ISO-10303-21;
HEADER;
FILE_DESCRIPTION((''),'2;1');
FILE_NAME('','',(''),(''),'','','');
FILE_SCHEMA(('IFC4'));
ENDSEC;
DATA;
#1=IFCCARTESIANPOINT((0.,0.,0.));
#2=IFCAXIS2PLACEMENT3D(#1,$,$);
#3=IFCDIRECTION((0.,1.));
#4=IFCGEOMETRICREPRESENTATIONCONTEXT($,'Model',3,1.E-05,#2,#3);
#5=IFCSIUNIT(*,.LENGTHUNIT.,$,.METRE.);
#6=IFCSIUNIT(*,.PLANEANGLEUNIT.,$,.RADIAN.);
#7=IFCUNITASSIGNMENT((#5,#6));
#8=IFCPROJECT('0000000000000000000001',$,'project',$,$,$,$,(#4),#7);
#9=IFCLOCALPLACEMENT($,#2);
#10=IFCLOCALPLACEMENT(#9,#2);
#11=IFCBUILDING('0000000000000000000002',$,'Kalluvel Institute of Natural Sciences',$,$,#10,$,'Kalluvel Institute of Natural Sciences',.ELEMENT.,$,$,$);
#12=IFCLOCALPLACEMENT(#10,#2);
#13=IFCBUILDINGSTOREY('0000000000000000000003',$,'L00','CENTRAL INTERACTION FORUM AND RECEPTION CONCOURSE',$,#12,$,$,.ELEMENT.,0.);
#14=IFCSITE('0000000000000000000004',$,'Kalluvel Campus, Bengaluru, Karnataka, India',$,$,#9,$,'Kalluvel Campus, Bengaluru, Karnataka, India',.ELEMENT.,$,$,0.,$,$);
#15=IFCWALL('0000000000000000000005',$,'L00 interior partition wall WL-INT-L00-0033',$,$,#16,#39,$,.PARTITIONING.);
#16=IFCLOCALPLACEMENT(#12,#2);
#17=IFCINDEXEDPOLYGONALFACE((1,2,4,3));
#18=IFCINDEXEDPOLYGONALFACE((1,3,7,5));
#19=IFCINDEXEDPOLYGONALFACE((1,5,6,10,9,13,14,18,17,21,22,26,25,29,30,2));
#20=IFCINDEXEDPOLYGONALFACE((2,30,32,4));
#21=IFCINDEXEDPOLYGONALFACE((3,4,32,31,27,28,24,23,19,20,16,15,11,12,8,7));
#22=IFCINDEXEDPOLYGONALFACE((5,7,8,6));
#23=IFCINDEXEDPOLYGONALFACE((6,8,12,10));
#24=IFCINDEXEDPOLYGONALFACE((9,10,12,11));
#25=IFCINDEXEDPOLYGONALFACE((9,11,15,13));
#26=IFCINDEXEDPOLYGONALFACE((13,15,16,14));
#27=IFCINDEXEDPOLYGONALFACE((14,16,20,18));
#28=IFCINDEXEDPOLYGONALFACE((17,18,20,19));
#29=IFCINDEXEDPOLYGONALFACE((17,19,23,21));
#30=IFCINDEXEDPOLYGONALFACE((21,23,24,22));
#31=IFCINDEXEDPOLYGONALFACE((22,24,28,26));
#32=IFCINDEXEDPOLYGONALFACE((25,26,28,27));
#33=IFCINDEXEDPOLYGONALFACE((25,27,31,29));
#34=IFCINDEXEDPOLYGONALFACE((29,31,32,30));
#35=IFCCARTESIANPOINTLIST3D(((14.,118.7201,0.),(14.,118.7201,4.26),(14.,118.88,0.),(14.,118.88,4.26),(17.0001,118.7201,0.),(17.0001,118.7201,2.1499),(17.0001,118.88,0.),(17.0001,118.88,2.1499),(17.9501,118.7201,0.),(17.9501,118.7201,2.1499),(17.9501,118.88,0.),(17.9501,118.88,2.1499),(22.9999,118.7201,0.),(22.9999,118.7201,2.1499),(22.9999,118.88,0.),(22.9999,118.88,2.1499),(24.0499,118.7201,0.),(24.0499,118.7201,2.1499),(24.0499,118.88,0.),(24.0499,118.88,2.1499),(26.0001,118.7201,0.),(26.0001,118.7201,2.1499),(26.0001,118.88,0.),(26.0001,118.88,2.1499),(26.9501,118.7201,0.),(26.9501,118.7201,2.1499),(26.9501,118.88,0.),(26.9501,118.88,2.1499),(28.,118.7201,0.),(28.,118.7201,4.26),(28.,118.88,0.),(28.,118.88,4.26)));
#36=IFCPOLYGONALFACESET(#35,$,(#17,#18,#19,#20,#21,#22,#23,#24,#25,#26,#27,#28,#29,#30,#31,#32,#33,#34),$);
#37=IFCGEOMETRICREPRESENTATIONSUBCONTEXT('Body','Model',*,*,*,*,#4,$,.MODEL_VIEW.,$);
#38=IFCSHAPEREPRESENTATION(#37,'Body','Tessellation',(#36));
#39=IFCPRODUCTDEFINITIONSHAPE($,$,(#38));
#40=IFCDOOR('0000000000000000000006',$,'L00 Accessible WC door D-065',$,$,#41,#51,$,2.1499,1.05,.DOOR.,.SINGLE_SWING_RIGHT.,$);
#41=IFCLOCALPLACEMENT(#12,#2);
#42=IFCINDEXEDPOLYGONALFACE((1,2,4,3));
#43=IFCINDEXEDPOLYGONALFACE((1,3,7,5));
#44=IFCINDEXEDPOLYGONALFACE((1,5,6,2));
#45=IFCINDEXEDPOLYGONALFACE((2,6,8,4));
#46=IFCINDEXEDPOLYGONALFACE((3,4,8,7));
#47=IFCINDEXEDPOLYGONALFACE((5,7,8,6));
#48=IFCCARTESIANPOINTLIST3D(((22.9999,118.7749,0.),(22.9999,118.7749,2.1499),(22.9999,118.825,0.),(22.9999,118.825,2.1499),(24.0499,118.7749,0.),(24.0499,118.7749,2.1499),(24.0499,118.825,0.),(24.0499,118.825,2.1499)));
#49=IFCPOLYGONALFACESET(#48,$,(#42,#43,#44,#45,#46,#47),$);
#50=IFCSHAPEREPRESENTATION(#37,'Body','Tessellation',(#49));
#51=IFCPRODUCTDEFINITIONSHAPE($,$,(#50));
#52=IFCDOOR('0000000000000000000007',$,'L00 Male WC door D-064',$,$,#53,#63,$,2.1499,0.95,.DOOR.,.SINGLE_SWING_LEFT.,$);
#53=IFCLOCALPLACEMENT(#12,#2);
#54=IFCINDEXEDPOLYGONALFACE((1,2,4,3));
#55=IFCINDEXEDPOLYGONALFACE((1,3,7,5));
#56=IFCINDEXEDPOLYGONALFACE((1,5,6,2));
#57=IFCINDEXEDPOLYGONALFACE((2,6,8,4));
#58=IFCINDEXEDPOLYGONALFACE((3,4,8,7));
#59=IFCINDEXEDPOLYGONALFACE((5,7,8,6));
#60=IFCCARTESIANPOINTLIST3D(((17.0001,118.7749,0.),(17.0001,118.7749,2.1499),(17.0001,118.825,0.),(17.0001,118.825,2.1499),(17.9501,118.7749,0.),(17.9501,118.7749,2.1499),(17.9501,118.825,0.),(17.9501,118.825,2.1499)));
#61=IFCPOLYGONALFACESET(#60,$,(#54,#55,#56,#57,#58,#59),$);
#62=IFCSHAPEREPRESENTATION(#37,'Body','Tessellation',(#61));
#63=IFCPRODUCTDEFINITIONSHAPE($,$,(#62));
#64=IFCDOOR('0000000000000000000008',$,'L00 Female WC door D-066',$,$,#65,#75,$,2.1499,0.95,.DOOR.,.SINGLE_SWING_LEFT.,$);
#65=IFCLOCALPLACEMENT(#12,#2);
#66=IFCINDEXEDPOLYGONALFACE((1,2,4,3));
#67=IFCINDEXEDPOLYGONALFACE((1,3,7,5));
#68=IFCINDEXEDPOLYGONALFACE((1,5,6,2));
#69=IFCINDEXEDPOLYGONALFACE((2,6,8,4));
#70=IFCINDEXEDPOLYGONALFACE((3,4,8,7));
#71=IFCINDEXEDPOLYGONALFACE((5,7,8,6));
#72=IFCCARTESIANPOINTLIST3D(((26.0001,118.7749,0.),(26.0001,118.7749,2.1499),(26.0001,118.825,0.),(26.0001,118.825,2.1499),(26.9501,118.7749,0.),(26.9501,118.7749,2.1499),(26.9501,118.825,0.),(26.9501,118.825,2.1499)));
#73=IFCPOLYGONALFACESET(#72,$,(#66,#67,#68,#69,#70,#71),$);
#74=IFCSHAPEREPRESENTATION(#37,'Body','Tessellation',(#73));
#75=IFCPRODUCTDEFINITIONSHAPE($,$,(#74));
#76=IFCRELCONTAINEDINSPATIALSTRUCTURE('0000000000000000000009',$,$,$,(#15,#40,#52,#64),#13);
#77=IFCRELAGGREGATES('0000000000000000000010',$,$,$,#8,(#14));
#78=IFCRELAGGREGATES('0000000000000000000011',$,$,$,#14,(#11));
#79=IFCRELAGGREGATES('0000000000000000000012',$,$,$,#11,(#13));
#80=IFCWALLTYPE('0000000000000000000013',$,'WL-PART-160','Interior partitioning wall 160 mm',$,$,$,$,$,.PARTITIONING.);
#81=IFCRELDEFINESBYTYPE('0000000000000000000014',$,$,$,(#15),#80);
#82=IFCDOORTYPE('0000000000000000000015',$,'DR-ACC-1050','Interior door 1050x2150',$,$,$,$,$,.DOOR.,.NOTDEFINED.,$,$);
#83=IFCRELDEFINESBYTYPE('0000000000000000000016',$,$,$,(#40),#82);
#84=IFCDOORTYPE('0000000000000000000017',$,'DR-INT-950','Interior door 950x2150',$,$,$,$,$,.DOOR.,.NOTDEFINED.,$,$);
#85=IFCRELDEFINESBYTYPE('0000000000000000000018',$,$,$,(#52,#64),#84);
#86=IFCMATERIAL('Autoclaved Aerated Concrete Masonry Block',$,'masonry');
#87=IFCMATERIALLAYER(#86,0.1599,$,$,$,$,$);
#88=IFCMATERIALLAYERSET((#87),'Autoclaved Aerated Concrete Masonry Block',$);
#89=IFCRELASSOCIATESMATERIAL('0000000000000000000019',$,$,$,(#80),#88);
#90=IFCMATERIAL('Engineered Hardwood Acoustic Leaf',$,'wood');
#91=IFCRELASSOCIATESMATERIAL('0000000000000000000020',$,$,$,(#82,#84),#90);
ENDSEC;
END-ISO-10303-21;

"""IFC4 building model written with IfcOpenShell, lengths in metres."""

from ifc_helpers import new_model, si_unit, direction, frame, frame_2d, origin, place, context, subcontext, project, spatial, rectangle, extrude, material, layer, layer_set, type_object, element, fill, save


model = new_model("IFC4")

# Units and contexts
model_context = context("Model", 3, precision=1e-05, world=origin(), true_north=direction((0.0, 1.0)))
body_context = subcontext(model_context, "Body", "Model", "MODEL_VIEW")
ifc_project = project(units=[si_unit("LENGTHUNIT", "METRE"), si_unit("PLANEANGLEUNIT", "RADIAN")], contexts=[model_context])

# Site, building, storey
site_placement = place(None, origin())
site = spatial("IfcSite", under=ifc_project, at=site_placement, Name="Kalluvel Campus, Bengaluru, Karnataka, India", LongName="Kalluvel Campus, Bengaluru, Karnataka, India", CompositionType="ELEMENT", RefElevation=0.0)
building_placement = place(site_placement, origin())
building = spatial("IfcBuilding", under=site, at=building_placement, Name="Kalluvel Institute of Natural Sciences", LongName="Kalluvel Institute of Natural Sciences", CompositionType="ELEMENT")
storey_placement = place(building_placement, origin())
storey = spatial("IfcBuildingStorey", under=building, at=storey_placement, Name="L00", Description="CENTRAL INTERACTION FORUM AND RECEPTION CONCOURSE", CompositionType="ELEMENT", Elevation=0.0)

# Wall, openings, doors
ifc_material_1 = material(Name="Autoclaved Aerated Concrete Masonry Block", Category="masonry")
ifc_layer_1 = layer(ifc_material_1, 0.1599)
ifc_layer_set_1 = layer_set([ifc_layer_1], Name="Autoclaved Aerated Concrete Masonry Block")
wall_type_1 = type_object("IfcWallType", Name="WL-PART-160", Description="Interior partitioning wall 160 mm", PredefinedType="PARTITIONING", material=ifc_layer_set_1)
wall_1_placement = place(storey_placement, frame((14.0, 118.8, 0.0), z_axis=(0.0, 0.0, 1.0), x_axis=(1.0, 0.0, 0.0)))
wall_1 = element("IfcWall", 1, at=wall_1_placement, inside=storey, type_object=wall_type_1, Name="L00 interior partition wall WL-INT-L00-0033", PredefinedType="PARTITIONING", context=body_context, shape_type="SweptSolid", body=[
    extrude(rectangle(XDim=14.0, YDim=0.1599, at=frame_2d((7.0, 0.0))), origin(), (0.0, 0.0, 1.0), 4.26),
])
opening_1_placement = place(wall_1_placement, frame((3.0, 0.0, 0.0)))
opening_1 = element("IfcOpeningElement", 2, at=opening_1_placement, cuts=wall_1, PredefinedType="OPENING", context=body_context, shape_type="SweptSolid", body=[
    extrude(rectangle(XDim=0.95, YDim=2.1499, at=frame_2d((0.4751, 1.075))), frame((0.0, 0.0898, 0.0), z_axis=(0.0, -1.0, 0.0), x_axis=(1.0, 0.0, 0.0)), (0.0, 0.0, 1.0), 0.1799),
])
opening_2_placement = place(wall_1_placement, frame((9.0, 0.0, 0.0)))
opening_2 = element("IfcOpeningElement", 3, at=opening_2_placement, cuts=wall_1, PredefinedType="OPENING", context=body_context, shape_type="SweptSolid", body=[
    extrude(rectangle(XDim=1.05, YDim=2.1499, at=frame_2d((0.5249, 1.075))), frame((0.0, 0.0898, 0.0), z_axis=(0.0, -1.0, 0.0), x_axis=(1.0, 0.0, 0.0)), (0.0, 0.0, 1.0), 0.1799),
])
opening_3_placement = place(wall_1_placement, frame((12.0, 0.0, 0.0)))
opening_3 = element("IfcOpeningElement", 4, at=opening_3_placement, cuts=wall_1, PredefinedType="OPENING", context=body_context, shape_type="SweptSolid", body=[
    extrude(rectangle(XDim=0.95, YDim=2.1499, at=frame_2d((0.4751, 1.075))), frame((0.0, 0.0898, 0.0), z_axis=(0.0, -1.0, 0.0), x_axis=(1.0, 0.0, 0.0)), (0.0, 0.0, 1.0), 0.1799),
])
ifc_material_2 = material(Name="Engineered Hardwood Acoustic Leaf", Category="wood")
door_type_1 = type_object("IfcDoorType", Name="DR-ACC-1050", Description="Interior door 1050x2150", OperationType="NOTDEFINED", PredefinedType="DOOR", material=ifc_material_2)
door_1_placement = place(opening_2_placement, origin())
door_1 = element("IfcDoor", 5, at=door_1_placement, inside=storey, type_object=door_type_1, Name="L00 Accessible WC door D-065", OperationType="SINGLE_SWING_RIGHT", OverallHeight=2.1499, OverallWidth=1.05, PredefinedType="DOOR", context=body_context, shape_type="SweptSolid", body=[
    extrude(rectangle(XDim=1.05, YDim=2.1499, at=frame_2d((0.5249, 1.075))), frame((0.0, 0.0249, 0.0), z_axis=(0.0, -1.0, 0.0), x_axis=(1.0, 0.0, 0.0)), (0.0, 0.0, 1.0), 0.05),
])
fill(opening_2, door_1)
door_type_2 = type_object("IfcDoorType", Name="DR-INT-950", Description="Interior door 950x2150", OperationType="NOTDEFINED", PredefinedType="DOOR", material=ifc_material_2)
door_2_placement = place(opening_1_placement, origin())
door_2 = element("IfcDoor", 6, at=door_2_placement, inside=storey, type_object=door_type_2, Name="L00 Male WC door D-064", OperationType="SINGLE_SWING_LEFT", OverallHeight=2.1499, OverallWidth=0.95, PredefinedType="DOOR", context=body_context, shape_type="SweptSolid", body=[
    extrude(rectangle(XDim=0.95, YDim=2.1499, at=frame_2d((0.4751, 1.075))), frame((0.0, 0.0249, 0.0), z_axis=(0.0, -1.0, 0.0), x_axis=(1.0, 0.0, 0.0)), (0.0, 0.0, 1.0), 0.05),
])
fill(opening_1, door_2)
door_3_placement = place(opening_3_placement, origin())
door_3 = element("IfcDoor", 7, at=door_3_placement, inside=storey, type_object=door_type_2, Name="L00 Female WC door D-066", OperationType="SINGLE_SWING_LEFT", OverallHeight=2.1499, OverallWidth=0.95, PredefinedType="DOOR", context=body_context, shape_type="SweptSolid", body=[
    extrude(rectangle(XDim=0.95, YDim=2.1499, at=frame_2d((0.4751, 1.075))), frame((0.0, 0.0249, 0.0), z_axis=(0.0, -1.0, 0.0), x_axis=(1.0, 0.0, 0.0)), (0.0, 0.0, 1.0), 0.05),
])
fill(opening_3, door_3)

save(model, "model.ifc")
